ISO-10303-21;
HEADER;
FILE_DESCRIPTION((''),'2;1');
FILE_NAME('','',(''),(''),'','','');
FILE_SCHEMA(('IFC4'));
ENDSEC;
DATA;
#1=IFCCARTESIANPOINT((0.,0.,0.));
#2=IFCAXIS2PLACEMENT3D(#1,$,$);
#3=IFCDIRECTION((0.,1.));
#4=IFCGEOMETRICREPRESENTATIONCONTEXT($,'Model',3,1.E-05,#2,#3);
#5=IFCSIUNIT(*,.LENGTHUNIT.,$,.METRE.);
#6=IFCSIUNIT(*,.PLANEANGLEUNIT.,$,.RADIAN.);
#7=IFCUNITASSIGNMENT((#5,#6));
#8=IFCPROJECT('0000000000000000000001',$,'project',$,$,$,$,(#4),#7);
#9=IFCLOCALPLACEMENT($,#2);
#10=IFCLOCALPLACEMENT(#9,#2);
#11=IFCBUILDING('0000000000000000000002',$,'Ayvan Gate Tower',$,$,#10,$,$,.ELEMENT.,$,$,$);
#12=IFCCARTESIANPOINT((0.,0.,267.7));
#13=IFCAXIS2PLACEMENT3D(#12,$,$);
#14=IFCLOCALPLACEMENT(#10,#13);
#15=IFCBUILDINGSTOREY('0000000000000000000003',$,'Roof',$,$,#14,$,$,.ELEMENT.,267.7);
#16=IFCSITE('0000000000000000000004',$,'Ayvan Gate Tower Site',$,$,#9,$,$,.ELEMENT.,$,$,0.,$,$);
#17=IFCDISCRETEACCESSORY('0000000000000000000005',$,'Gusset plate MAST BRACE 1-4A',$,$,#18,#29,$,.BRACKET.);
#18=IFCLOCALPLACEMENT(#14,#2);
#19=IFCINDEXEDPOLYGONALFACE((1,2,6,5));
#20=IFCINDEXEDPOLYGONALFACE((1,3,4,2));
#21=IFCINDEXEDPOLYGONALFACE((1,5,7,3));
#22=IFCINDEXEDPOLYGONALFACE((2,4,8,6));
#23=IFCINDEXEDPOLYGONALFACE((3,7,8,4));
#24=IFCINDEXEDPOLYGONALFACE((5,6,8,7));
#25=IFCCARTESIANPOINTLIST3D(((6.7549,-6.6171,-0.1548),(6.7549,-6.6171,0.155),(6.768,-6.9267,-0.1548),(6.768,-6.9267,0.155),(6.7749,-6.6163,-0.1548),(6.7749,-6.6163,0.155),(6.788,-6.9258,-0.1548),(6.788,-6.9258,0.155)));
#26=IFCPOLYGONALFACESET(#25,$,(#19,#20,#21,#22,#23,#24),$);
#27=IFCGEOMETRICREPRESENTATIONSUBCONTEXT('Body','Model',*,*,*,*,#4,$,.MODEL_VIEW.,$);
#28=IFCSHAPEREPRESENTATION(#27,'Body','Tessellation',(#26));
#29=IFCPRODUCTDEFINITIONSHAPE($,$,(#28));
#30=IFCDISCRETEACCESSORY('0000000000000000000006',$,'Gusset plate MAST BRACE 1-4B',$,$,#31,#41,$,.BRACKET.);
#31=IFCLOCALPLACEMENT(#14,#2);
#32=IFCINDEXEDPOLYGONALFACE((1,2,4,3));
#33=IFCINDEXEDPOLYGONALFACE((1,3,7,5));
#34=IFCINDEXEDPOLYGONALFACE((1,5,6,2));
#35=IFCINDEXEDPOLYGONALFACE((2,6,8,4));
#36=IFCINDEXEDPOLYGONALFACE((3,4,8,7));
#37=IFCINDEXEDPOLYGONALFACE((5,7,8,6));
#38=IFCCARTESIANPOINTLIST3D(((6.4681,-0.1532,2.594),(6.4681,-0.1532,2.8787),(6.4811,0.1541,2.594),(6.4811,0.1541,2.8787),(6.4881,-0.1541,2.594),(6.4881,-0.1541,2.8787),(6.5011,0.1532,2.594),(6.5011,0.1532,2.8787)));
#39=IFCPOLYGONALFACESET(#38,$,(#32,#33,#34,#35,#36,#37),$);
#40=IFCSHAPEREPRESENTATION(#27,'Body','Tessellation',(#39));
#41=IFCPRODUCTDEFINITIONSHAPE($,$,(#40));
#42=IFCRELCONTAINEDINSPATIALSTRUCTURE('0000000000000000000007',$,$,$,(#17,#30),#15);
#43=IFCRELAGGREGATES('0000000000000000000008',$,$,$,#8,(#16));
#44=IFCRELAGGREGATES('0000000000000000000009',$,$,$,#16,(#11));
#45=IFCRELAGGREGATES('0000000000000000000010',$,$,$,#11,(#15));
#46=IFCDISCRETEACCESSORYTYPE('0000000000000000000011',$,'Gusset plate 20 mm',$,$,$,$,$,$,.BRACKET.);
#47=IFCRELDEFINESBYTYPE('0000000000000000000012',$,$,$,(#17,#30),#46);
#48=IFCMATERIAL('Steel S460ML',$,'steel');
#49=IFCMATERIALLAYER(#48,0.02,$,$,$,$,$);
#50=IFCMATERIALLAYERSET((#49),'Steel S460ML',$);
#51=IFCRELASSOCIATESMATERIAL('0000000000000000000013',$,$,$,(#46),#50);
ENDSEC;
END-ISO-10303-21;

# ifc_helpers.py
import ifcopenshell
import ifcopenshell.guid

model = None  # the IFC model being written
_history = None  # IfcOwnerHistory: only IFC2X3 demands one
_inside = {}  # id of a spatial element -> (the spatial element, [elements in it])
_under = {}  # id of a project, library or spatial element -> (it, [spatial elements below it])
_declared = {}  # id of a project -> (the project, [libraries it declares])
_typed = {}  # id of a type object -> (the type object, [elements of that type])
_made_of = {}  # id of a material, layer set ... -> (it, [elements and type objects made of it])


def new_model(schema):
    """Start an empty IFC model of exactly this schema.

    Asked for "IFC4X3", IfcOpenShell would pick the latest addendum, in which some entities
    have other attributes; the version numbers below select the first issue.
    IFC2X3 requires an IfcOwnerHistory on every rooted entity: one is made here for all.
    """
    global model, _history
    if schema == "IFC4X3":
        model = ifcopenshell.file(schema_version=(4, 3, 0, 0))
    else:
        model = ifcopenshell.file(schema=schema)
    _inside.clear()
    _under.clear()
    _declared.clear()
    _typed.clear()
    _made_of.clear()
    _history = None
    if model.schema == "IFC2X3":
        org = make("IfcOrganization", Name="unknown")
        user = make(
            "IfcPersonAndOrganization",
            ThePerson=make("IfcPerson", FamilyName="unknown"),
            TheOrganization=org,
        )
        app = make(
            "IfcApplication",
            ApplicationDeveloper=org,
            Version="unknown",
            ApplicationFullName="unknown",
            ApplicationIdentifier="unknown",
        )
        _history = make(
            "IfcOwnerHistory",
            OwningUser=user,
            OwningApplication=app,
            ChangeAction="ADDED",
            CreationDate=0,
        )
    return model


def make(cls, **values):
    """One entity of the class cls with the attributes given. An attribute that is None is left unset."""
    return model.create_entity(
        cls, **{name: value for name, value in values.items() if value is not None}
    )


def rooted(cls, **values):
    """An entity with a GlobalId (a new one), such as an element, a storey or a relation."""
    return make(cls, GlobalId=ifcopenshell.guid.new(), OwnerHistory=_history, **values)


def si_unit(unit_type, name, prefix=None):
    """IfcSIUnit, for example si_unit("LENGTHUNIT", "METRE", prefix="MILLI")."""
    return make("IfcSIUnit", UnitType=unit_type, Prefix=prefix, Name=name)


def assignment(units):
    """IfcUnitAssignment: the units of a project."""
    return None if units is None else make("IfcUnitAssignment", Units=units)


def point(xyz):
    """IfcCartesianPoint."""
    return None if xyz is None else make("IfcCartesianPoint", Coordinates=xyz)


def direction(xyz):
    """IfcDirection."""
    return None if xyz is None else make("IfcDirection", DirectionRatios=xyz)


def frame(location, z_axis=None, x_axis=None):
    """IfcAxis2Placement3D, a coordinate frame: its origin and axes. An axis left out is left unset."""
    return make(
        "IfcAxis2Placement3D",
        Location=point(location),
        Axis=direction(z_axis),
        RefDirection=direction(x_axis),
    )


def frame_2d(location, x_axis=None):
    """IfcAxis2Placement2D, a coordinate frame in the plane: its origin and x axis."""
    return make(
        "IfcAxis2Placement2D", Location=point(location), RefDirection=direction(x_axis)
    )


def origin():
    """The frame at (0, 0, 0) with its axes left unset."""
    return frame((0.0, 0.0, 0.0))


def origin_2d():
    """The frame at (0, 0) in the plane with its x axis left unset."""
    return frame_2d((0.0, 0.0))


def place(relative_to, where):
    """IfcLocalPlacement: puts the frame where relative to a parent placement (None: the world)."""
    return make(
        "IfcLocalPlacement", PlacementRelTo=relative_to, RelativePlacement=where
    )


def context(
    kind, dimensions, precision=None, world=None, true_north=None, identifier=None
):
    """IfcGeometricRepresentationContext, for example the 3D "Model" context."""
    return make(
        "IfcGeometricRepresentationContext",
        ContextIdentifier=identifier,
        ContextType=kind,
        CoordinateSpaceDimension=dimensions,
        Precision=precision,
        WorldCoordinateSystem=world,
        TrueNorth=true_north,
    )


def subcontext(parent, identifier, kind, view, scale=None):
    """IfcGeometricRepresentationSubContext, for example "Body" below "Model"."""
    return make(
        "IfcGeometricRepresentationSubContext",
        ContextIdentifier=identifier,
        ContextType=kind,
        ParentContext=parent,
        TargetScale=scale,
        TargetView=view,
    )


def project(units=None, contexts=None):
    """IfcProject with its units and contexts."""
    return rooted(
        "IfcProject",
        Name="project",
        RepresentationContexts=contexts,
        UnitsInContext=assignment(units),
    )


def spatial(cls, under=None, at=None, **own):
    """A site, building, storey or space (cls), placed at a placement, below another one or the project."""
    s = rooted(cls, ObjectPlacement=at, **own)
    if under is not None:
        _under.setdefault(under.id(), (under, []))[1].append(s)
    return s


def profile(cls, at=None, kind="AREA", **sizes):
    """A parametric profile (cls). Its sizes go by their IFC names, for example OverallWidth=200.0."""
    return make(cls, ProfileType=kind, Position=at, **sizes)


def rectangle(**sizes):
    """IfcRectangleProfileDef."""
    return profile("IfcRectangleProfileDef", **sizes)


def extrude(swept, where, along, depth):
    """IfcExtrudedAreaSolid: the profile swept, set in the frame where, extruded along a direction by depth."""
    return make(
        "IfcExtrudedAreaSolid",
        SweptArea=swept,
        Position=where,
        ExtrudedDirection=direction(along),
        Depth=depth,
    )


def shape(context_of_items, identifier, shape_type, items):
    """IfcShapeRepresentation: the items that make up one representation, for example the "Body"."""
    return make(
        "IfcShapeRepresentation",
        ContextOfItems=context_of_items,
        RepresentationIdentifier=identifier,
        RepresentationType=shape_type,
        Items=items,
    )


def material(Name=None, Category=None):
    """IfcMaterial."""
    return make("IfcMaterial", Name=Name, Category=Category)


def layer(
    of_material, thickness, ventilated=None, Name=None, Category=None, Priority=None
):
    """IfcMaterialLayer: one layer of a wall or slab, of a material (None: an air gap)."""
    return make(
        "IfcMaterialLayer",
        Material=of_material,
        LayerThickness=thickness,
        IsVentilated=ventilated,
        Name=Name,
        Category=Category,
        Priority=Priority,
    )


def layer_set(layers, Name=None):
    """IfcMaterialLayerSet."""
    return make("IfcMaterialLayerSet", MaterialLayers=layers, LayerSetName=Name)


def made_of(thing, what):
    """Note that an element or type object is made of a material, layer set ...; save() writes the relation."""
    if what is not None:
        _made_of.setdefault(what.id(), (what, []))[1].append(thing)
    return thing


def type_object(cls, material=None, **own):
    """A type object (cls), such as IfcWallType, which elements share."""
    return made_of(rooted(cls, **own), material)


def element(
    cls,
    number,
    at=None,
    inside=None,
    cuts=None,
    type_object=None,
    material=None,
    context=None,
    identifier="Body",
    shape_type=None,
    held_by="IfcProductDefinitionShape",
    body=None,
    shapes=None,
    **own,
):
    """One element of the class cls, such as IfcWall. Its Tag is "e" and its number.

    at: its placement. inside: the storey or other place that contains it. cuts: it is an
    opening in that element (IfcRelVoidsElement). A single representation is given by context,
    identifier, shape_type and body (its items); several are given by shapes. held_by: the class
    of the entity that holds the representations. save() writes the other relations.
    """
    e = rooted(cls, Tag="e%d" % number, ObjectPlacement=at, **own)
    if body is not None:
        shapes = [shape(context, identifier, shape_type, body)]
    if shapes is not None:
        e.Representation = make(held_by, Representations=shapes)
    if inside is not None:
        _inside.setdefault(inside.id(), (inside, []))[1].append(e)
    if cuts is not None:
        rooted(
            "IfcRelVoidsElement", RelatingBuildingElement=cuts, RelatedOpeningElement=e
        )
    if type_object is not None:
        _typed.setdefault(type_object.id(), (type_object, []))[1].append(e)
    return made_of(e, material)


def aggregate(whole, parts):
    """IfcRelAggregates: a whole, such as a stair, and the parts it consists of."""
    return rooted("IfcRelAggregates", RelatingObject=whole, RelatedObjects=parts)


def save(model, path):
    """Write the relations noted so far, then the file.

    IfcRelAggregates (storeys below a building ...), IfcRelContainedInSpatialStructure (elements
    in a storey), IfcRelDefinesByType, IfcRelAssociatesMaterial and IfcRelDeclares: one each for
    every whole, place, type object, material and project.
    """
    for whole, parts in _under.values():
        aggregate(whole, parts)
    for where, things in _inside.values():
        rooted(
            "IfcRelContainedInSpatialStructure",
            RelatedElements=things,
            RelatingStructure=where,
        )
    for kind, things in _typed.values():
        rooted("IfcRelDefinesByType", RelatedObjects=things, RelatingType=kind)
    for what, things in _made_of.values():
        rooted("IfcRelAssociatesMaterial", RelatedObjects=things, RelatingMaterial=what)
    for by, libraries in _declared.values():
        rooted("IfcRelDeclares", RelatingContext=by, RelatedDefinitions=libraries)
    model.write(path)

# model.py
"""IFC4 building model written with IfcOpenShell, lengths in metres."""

from ifc_helpers import new_model, si_unit, direction, frame, origin, origin_2d, place, context, subcontext, project, spatial, rectangle, extrude, material, layer, layer_set, type_object, element, save


model = new_model("IFC4")

# Units and contexts
model_context = context("Model", 3, precision=1e-05, world=origin(), true_north=direction((0.0, 1.0)))
body_context = subcontext(model_context, "Body", "Model", "MODEL_VIEW")
ifc_project = project(units=[si_unit("LENGTHUNIT", "METRE"), si_unit("PLANEANGLEUNIT", "RADIAN")], contexts=[model_context])

# Site, building, storey
site_placement = place(None, origin())
site = spatial("IfcSite", under=ifc_project, at=site_placement, Name="Ayvan Gate Tower Site", CompositionType="ELEMENT", RefElevation=0.0)
building_placement = place(site_placement, origin())
building = spatial("IfcBuilding", under=site, at=building_placement, Name="Ayvan Gate Tower", CompositionType="ELEMENT")
storey_placement = place(building_placement, frame((0.0, 0.0, 267.7)))
storey = spatial("IfcBuildingStorey", under=building, at=storey_placement, Name="Roof", CompositionType="ELEMENT", Elevation=267.7)

# Discrete accessories
ifc_material_1 = material(Name="Steel S460ML", Category="steel")
ifc_layer_1 = layer(ifc_material_1, 0.02)
ifc_layer_set_1 = layer_set([ifc_layer_1], Name="Steel S460ML")
discrete_accessory_type = type_object("IfcDiscreteAccessoryType", Name="Gusset plate 20 mm", PredefinedType="BRACKET", material=ifc_layer_set_1)
discrete_accessory_1_placement = place(storey_placement, frame((6.7715, -6.7715, -0.1548), z_axis=(0.0, 0.0, 1.0), x_axis=(-0.042308, 0.999105, 0.0)))
element("IfcDiscreteAccessory", 1, at=discrete_accessory_1_placement, inside=storey, type_object=discrete_accessory_type, Name="Gusset plate MAST BRACE 1-4A", PredefinedType="BRACKET", context=body_context, shape_type="SweptSolid", body=[
    extrude(rectangle(XDim=0.3098, YDim=0.02, at=origin_2d()), origin(), (0.0, 0.0, 1.0), 0.3098),
])
discrete_accessory_2_placement = place(storey_placement, frame((6.4846, 0.0, 2.594), z_axis=(0.0, 0.0, 1.0), x_axis=(0.042308, 0.999105, 0.0)))
element("IfcDiscreteAccessory", 2, at=discrete_accessory_2_placement, inside=storey, type_object=discrete_accessory_type, Name="Gusset plate MAST BRACE 1-4B", PredefinedType="BRACKET", context=body_context, shape_type="SweptSolid", body=[
    extrude(rectangle(XDim=0.3076, YDim=0.02, at=origin_2d()), origin(), (0.0, 0.0, 1.0), 0.2847),
])

save(model, "model.ifc")
